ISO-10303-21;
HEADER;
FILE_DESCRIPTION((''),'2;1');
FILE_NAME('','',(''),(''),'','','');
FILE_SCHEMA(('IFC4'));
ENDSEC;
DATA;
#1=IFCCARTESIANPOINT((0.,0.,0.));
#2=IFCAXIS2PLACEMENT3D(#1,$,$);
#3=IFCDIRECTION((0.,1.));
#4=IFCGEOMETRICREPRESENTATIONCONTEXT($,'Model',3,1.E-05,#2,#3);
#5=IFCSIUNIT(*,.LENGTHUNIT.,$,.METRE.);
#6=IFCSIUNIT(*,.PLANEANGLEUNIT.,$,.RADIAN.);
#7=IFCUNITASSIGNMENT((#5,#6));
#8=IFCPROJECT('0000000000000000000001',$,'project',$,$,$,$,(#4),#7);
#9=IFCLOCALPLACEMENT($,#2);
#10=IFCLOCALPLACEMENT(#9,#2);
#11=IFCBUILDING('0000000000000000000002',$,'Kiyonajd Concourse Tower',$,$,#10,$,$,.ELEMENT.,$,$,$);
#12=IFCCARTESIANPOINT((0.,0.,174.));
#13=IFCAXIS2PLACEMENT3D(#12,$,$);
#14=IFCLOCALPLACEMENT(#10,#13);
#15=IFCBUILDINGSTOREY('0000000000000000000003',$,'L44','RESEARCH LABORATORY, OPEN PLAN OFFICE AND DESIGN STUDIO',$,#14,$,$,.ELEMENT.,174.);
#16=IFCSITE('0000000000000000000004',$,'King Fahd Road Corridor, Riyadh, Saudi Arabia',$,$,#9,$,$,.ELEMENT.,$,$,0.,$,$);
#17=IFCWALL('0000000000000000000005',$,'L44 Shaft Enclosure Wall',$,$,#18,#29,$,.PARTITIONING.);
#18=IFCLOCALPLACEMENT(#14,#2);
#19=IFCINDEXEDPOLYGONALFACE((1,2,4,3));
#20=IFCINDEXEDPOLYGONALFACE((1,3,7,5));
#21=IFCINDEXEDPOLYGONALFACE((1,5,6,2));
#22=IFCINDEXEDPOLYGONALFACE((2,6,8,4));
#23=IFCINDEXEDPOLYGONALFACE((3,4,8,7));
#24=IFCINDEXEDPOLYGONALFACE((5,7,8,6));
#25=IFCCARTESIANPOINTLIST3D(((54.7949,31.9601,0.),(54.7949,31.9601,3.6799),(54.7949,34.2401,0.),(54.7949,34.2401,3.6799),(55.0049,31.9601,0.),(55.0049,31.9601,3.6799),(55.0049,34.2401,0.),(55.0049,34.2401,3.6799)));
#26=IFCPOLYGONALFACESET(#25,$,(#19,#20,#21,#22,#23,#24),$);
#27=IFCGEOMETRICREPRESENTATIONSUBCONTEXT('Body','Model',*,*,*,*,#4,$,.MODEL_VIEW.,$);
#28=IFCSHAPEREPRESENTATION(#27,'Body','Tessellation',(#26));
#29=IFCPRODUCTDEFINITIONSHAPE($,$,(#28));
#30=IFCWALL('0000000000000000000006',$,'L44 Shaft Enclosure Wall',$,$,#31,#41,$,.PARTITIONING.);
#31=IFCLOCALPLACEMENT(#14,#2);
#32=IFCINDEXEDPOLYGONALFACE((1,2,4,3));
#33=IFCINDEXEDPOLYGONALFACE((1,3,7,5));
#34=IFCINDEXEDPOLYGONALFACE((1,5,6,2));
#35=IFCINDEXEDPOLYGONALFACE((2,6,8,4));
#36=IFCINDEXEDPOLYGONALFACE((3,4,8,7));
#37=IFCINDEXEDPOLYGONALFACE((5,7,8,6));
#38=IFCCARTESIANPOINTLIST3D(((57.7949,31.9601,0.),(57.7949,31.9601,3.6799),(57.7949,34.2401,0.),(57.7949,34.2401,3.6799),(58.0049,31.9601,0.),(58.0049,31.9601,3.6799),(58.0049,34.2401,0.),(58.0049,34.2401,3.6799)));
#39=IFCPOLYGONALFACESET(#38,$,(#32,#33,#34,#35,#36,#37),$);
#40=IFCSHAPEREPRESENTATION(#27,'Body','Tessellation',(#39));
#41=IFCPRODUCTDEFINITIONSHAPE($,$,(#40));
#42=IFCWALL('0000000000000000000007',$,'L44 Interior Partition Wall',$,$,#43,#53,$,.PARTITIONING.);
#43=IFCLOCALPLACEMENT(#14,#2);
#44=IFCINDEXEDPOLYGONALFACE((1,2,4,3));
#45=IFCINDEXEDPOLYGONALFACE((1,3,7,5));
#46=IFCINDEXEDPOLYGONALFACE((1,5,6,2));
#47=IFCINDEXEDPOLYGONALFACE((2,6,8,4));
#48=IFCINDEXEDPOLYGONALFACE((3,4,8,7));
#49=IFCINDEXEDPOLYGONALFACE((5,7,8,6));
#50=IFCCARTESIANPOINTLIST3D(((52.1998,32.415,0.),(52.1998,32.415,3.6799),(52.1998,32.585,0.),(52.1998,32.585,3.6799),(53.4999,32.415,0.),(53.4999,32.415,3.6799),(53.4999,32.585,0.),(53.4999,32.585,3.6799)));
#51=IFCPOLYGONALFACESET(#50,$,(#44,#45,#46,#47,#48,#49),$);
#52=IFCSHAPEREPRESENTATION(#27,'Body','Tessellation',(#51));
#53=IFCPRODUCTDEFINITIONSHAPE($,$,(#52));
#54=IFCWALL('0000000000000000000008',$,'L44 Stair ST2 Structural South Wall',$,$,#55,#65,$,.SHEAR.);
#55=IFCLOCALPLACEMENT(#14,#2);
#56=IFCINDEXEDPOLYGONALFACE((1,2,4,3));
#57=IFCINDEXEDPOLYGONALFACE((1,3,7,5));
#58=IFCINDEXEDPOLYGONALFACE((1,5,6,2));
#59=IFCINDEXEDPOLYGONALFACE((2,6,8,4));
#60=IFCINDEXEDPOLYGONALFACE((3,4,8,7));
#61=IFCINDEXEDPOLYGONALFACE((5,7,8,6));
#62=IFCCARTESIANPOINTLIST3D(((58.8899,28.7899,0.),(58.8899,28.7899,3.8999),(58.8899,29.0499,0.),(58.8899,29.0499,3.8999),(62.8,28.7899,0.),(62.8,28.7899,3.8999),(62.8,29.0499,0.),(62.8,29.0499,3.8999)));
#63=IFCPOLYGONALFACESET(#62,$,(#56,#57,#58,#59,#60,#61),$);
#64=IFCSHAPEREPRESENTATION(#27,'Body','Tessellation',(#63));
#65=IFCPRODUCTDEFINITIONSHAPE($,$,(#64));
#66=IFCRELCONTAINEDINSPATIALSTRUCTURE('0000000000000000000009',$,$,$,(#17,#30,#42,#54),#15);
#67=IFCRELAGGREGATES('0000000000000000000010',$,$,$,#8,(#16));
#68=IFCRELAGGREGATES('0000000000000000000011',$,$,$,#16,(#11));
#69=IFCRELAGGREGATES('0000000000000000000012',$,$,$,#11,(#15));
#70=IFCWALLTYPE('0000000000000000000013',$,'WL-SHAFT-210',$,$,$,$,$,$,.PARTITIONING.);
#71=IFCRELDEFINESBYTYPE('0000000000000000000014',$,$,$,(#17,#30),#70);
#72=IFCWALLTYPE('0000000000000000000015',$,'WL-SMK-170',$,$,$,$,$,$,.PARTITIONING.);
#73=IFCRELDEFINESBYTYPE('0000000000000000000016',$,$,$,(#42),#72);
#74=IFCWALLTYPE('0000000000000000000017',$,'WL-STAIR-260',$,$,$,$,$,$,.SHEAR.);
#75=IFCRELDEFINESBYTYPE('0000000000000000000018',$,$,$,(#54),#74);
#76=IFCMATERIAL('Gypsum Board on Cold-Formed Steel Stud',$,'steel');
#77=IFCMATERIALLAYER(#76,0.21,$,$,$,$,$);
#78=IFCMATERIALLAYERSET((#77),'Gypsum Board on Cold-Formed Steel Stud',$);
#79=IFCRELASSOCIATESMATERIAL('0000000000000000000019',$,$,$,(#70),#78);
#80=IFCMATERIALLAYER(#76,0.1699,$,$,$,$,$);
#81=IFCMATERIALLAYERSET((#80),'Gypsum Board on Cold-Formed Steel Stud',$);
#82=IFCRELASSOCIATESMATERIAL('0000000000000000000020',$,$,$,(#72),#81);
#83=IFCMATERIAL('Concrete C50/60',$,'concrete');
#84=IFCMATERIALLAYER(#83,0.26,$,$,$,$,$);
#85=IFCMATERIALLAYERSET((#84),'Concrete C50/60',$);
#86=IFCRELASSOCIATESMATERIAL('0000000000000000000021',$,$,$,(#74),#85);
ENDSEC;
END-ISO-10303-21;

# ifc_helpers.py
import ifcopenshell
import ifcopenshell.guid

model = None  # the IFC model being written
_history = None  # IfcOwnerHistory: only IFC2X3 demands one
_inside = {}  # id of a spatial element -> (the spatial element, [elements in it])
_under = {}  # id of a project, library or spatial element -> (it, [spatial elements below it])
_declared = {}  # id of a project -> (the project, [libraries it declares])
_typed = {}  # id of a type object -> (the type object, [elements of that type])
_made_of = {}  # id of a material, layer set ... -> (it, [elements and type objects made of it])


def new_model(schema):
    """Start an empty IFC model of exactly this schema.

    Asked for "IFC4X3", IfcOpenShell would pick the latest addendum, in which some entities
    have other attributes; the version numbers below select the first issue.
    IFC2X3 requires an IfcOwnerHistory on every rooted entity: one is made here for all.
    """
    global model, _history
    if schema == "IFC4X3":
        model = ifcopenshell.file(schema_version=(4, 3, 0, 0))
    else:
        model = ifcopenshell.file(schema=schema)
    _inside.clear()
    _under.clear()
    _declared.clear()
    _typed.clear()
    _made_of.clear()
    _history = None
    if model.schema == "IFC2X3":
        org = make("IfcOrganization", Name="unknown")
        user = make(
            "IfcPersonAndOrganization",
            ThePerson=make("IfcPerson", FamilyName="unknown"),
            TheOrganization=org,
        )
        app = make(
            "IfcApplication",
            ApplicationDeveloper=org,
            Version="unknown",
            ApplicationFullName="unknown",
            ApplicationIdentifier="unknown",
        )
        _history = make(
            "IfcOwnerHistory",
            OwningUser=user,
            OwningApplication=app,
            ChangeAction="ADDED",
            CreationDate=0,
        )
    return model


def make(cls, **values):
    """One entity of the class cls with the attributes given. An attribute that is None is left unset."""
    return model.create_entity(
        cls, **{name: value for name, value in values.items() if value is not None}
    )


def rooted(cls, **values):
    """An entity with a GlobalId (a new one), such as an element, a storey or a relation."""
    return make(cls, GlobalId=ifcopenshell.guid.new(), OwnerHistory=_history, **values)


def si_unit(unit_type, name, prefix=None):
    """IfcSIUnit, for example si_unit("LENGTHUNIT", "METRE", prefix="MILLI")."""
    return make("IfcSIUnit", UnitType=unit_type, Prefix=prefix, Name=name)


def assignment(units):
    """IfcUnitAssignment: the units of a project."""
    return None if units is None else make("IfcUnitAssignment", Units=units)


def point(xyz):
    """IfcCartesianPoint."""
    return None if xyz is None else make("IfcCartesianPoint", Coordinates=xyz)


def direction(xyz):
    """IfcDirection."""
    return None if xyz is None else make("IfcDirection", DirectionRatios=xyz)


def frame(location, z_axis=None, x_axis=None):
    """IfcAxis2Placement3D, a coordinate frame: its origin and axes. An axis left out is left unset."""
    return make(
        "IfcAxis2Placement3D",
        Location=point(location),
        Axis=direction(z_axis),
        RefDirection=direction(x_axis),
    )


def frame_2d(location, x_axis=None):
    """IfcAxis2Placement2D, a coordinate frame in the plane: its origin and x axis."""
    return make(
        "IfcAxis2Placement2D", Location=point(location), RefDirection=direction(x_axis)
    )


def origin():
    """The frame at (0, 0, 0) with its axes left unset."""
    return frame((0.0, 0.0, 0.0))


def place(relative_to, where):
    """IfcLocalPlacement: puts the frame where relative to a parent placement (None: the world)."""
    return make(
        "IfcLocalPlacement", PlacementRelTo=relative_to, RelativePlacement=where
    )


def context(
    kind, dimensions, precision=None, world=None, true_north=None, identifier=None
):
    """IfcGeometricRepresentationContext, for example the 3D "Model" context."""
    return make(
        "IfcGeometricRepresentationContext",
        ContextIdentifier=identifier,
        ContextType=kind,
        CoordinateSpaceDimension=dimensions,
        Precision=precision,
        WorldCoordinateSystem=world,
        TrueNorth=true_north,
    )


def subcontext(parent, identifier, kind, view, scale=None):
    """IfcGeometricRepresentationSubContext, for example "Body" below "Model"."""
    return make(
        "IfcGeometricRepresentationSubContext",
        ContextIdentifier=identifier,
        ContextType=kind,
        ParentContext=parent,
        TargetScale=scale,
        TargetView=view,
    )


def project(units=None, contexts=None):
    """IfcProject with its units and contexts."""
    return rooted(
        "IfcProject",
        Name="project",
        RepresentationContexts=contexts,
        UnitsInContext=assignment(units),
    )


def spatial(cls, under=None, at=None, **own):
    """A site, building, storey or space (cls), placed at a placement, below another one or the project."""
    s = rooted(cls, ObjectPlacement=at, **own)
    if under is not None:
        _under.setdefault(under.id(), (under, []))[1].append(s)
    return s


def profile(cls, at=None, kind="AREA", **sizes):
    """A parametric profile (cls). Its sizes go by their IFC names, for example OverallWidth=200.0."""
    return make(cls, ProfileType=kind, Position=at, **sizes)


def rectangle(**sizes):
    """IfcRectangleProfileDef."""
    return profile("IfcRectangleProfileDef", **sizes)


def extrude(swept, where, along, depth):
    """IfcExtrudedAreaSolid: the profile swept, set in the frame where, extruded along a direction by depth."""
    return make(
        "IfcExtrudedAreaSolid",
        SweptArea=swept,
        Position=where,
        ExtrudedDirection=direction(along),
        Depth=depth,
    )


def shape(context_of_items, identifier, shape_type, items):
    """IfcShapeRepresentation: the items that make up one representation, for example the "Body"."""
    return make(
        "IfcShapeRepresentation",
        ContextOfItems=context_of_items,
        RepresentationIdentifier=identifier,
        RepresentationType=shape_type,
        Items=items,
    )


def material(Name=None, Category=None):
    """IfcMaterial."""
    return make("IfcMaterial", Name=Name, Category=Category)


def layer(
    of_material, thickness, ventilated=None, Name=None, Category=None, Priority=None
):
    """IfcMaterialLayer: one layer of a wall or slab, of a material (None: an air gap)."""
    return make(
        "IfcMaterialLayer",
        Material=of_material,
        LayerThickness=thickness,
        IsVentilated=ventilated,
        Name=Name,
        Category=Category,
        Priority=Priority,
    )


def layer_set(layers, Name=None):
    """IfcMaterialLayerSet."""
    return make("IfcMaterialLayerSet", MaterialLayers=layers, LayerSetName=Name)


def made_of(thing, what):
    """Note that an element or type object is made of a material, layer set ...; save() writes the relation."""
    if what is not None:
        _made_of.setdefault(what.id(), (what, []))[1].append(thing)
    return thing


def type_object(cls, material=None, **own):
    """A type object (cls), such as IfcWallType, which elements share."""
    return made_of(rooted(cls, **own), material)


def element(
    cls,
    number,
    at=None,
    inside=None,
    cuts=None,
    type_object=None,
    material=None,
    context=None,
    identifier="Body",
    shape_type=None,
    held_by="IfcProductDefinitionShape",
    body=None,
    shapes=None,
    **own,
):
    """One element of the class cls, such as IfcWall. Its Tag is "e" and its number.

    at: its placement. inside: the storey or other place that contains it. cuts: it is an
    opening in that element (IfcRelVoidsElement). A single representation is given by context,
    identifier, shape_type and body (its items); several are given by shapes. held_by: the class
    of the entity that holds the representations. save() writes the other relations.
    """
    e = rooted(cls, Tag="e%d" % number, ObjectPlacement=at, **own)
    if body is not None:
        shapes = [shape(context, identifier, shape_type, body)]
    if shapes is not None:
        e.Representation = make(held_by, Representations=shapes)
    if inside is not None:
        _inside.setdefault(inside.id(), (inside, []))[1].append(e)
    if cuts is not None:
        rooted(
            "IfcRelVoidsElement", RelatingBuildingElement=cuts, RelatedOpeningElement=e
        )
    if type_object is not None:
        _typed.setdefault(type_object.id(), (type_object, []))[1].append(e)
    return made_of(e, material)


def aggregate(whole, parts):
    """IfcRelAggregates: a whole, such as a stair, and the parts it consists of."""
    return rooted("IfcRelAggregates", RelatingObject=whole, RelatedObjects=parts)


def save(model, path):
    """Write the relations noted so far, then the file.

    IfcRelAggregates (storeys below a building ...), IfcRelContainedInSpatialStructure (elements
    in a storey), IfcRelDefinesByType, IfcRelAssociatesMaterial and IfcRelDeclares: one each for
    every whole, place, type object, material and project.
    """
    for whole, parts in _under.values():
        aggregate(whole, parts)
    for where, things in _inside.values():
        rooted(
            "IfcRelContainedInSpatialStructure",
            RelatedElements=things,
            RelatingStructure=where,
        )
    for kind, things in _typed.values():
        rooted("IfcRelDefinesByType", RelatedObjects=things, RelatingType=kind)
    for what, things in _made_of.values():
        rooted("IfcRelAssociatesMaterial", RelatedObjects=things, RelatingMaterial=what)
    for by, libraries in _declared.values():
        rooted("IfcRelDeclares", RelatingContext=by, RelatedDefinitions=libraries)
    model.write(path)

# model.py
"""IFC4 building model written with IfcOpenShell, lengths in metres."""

from ifc_helpers import new_model, si_unit, direction, frame, frame_2d, origin, place, context, subcontext, project, spatial, rectangle, extrude, material, layer, layer_set, type_object, element, save


model = new_model("IFC4")

# Units and contexts
model_context = context("Model", 3, precision=1e-05, world=origin(), true_north=direction((0.0, 1.0)))
body_context = subcontext(model_context, "Body", "Model", "MODEL_VIEW")
ifc_project = project(units=[si_unit("LENGTHUNIT", "METRE"), si_unit("PLANEANGLEUNIT", "RADIAN")], contexts=[model_context])

# Site, building, storey
site_placement = place(None, origin())
site = spatial("IfcSite", under=ifc_project, at=site_placement, Name="King Fahd Road Corridor, Riyadh, Saudi Arabia", CompositionType="ELEMENT", RefElevation=0.0)
building_placement = place(site_placement, origin())
building = spatial("IfcBuilding", under=site, at=building_placement, Name="Kiyonajd Concourse Tower", CompositionType="ELEMENT")
storey_placement = place(building_placement, frame((0.0, 0.0, 174.0)))
storey = spatial("IfcBuildingStorey", under=building, at=storey_placement, Name="L44", Description="RESEARCH LABORATORY, OPEN PLAN OFFICE AND DESIGN STUDIO", CompositionType="ELEMENT", Elevation=174.0)

# Shared definitions
ifc_material_1 = material(Name="Concrete C50/60", Category="concrete")

# Shared definitions
ifc_material_2 = material(Name="Gypsum Board on Cold-Formed Steel Stud", Category="steel")
ifc_layer_1 = layer(ifc_material_2, 0.21)
ifc_layer_set_1 = layer_set([ifc_layer_1], Name="Gypsum Board on Cold-Formed Steel Stud")
wall_type_1 = type_object("IfcWallType", Name="WL-SHAFT-210", PredefinedType="PARTITIONING", material=ifc_layer_set_1)

# Walls
for number, where, z_axis, x_axis, name in (
    (1, (54.8999, 31.96, 0.0), (0.0, 0.0, 1.0), (0.0, 1.0, 0.0), "L44 Shaft Enclosure Wall"),
    (2, (57.8999, 31.96, 0.0), (0.0, 0.0, 1.0), (0.0, 1.0, 0.0), "L44 Shaft Enclosure Wall"),
):
    element("IfcWall", number, at=place(storey_placement, frame(where, z_axis=z_axis, x_axis=x_axis)), inside=storey, type_object=wall_type_1, Name=name, PredefinedType="PARTITIONING", context=body_context, shape_type="SweptSolid", body=[
        extrude(rectangle(XDim=2.28, YDim=0.21, at=frame_2d((1.1401, 0.0))), origin(), (0.0, 0.0, 1.0), 3.6799),
    ])
ifc_layer_2 = layer(ifc_material_2, 0.1699)
ifc_layer_set_2 = layer_set([ifc_layer_2], Name="Gypsum Board on Cold-Formed Steel Stud")
wall_type_2 = type_object("IfcWallType", Name="WL-SMK-170", PredefinedType="PARTITIONING", material=ifc_layer_set_2)
wall_1_placement = place(storey_placement, frame((52.2, 32.5, 0.0), z_axis=(0.0, 0.0, 1.0), x_axis=(1.0, 0.0, 0.0)))
element("IfcWall", 3, at=wall_1_placement, inside=storey, type_object=wall_type_2, Name="L44 Interior Partition Wall", PredefinedType="PARTITIONING", context=body_context, shape_type="SweptSolid", body=[
    extrude(rectangle(XDim=1.3, YDim=0.1699, at=frame_2d((0.6499, 0.0))), origin(), (0.0, 0.0, 1.0), 3.6799),
])
ifc_layer_3 = layer(ifc_material_1, 0.26)
ifc_layer_set_3 = layer_set([ifc_layer_3], Name="Concrete C50/60")
wall_type_3 = type_object("IfcWallType", Name="WL-STAIR-260", PredefinedType="SHEAR", material=ifc_layer_set_3)
wall_2_placement = place(storey_placement, frame((58.8899, 28.9199, 0.0), z_axis=(0.0, 0.0, 1.0), x_axis=(1.0, 0.0, 0.0)))
element("IfcWall", 4, at=wall_2_placement, inside=storey, type_object=wall_type_3, Name="L44 Stair ST2 Structural South Wall", PredefinedType="SHEAR", context=body_context, shape_type="SweptSolid", body=[
    extrude(rectangle(XDim=3.9102, YDim=0.26, at=frame_2d((1.9551, 0.0))), origin(), (0.0, 0.0, 1.0), 3.8999),
])

save(model, "model.ifc")
